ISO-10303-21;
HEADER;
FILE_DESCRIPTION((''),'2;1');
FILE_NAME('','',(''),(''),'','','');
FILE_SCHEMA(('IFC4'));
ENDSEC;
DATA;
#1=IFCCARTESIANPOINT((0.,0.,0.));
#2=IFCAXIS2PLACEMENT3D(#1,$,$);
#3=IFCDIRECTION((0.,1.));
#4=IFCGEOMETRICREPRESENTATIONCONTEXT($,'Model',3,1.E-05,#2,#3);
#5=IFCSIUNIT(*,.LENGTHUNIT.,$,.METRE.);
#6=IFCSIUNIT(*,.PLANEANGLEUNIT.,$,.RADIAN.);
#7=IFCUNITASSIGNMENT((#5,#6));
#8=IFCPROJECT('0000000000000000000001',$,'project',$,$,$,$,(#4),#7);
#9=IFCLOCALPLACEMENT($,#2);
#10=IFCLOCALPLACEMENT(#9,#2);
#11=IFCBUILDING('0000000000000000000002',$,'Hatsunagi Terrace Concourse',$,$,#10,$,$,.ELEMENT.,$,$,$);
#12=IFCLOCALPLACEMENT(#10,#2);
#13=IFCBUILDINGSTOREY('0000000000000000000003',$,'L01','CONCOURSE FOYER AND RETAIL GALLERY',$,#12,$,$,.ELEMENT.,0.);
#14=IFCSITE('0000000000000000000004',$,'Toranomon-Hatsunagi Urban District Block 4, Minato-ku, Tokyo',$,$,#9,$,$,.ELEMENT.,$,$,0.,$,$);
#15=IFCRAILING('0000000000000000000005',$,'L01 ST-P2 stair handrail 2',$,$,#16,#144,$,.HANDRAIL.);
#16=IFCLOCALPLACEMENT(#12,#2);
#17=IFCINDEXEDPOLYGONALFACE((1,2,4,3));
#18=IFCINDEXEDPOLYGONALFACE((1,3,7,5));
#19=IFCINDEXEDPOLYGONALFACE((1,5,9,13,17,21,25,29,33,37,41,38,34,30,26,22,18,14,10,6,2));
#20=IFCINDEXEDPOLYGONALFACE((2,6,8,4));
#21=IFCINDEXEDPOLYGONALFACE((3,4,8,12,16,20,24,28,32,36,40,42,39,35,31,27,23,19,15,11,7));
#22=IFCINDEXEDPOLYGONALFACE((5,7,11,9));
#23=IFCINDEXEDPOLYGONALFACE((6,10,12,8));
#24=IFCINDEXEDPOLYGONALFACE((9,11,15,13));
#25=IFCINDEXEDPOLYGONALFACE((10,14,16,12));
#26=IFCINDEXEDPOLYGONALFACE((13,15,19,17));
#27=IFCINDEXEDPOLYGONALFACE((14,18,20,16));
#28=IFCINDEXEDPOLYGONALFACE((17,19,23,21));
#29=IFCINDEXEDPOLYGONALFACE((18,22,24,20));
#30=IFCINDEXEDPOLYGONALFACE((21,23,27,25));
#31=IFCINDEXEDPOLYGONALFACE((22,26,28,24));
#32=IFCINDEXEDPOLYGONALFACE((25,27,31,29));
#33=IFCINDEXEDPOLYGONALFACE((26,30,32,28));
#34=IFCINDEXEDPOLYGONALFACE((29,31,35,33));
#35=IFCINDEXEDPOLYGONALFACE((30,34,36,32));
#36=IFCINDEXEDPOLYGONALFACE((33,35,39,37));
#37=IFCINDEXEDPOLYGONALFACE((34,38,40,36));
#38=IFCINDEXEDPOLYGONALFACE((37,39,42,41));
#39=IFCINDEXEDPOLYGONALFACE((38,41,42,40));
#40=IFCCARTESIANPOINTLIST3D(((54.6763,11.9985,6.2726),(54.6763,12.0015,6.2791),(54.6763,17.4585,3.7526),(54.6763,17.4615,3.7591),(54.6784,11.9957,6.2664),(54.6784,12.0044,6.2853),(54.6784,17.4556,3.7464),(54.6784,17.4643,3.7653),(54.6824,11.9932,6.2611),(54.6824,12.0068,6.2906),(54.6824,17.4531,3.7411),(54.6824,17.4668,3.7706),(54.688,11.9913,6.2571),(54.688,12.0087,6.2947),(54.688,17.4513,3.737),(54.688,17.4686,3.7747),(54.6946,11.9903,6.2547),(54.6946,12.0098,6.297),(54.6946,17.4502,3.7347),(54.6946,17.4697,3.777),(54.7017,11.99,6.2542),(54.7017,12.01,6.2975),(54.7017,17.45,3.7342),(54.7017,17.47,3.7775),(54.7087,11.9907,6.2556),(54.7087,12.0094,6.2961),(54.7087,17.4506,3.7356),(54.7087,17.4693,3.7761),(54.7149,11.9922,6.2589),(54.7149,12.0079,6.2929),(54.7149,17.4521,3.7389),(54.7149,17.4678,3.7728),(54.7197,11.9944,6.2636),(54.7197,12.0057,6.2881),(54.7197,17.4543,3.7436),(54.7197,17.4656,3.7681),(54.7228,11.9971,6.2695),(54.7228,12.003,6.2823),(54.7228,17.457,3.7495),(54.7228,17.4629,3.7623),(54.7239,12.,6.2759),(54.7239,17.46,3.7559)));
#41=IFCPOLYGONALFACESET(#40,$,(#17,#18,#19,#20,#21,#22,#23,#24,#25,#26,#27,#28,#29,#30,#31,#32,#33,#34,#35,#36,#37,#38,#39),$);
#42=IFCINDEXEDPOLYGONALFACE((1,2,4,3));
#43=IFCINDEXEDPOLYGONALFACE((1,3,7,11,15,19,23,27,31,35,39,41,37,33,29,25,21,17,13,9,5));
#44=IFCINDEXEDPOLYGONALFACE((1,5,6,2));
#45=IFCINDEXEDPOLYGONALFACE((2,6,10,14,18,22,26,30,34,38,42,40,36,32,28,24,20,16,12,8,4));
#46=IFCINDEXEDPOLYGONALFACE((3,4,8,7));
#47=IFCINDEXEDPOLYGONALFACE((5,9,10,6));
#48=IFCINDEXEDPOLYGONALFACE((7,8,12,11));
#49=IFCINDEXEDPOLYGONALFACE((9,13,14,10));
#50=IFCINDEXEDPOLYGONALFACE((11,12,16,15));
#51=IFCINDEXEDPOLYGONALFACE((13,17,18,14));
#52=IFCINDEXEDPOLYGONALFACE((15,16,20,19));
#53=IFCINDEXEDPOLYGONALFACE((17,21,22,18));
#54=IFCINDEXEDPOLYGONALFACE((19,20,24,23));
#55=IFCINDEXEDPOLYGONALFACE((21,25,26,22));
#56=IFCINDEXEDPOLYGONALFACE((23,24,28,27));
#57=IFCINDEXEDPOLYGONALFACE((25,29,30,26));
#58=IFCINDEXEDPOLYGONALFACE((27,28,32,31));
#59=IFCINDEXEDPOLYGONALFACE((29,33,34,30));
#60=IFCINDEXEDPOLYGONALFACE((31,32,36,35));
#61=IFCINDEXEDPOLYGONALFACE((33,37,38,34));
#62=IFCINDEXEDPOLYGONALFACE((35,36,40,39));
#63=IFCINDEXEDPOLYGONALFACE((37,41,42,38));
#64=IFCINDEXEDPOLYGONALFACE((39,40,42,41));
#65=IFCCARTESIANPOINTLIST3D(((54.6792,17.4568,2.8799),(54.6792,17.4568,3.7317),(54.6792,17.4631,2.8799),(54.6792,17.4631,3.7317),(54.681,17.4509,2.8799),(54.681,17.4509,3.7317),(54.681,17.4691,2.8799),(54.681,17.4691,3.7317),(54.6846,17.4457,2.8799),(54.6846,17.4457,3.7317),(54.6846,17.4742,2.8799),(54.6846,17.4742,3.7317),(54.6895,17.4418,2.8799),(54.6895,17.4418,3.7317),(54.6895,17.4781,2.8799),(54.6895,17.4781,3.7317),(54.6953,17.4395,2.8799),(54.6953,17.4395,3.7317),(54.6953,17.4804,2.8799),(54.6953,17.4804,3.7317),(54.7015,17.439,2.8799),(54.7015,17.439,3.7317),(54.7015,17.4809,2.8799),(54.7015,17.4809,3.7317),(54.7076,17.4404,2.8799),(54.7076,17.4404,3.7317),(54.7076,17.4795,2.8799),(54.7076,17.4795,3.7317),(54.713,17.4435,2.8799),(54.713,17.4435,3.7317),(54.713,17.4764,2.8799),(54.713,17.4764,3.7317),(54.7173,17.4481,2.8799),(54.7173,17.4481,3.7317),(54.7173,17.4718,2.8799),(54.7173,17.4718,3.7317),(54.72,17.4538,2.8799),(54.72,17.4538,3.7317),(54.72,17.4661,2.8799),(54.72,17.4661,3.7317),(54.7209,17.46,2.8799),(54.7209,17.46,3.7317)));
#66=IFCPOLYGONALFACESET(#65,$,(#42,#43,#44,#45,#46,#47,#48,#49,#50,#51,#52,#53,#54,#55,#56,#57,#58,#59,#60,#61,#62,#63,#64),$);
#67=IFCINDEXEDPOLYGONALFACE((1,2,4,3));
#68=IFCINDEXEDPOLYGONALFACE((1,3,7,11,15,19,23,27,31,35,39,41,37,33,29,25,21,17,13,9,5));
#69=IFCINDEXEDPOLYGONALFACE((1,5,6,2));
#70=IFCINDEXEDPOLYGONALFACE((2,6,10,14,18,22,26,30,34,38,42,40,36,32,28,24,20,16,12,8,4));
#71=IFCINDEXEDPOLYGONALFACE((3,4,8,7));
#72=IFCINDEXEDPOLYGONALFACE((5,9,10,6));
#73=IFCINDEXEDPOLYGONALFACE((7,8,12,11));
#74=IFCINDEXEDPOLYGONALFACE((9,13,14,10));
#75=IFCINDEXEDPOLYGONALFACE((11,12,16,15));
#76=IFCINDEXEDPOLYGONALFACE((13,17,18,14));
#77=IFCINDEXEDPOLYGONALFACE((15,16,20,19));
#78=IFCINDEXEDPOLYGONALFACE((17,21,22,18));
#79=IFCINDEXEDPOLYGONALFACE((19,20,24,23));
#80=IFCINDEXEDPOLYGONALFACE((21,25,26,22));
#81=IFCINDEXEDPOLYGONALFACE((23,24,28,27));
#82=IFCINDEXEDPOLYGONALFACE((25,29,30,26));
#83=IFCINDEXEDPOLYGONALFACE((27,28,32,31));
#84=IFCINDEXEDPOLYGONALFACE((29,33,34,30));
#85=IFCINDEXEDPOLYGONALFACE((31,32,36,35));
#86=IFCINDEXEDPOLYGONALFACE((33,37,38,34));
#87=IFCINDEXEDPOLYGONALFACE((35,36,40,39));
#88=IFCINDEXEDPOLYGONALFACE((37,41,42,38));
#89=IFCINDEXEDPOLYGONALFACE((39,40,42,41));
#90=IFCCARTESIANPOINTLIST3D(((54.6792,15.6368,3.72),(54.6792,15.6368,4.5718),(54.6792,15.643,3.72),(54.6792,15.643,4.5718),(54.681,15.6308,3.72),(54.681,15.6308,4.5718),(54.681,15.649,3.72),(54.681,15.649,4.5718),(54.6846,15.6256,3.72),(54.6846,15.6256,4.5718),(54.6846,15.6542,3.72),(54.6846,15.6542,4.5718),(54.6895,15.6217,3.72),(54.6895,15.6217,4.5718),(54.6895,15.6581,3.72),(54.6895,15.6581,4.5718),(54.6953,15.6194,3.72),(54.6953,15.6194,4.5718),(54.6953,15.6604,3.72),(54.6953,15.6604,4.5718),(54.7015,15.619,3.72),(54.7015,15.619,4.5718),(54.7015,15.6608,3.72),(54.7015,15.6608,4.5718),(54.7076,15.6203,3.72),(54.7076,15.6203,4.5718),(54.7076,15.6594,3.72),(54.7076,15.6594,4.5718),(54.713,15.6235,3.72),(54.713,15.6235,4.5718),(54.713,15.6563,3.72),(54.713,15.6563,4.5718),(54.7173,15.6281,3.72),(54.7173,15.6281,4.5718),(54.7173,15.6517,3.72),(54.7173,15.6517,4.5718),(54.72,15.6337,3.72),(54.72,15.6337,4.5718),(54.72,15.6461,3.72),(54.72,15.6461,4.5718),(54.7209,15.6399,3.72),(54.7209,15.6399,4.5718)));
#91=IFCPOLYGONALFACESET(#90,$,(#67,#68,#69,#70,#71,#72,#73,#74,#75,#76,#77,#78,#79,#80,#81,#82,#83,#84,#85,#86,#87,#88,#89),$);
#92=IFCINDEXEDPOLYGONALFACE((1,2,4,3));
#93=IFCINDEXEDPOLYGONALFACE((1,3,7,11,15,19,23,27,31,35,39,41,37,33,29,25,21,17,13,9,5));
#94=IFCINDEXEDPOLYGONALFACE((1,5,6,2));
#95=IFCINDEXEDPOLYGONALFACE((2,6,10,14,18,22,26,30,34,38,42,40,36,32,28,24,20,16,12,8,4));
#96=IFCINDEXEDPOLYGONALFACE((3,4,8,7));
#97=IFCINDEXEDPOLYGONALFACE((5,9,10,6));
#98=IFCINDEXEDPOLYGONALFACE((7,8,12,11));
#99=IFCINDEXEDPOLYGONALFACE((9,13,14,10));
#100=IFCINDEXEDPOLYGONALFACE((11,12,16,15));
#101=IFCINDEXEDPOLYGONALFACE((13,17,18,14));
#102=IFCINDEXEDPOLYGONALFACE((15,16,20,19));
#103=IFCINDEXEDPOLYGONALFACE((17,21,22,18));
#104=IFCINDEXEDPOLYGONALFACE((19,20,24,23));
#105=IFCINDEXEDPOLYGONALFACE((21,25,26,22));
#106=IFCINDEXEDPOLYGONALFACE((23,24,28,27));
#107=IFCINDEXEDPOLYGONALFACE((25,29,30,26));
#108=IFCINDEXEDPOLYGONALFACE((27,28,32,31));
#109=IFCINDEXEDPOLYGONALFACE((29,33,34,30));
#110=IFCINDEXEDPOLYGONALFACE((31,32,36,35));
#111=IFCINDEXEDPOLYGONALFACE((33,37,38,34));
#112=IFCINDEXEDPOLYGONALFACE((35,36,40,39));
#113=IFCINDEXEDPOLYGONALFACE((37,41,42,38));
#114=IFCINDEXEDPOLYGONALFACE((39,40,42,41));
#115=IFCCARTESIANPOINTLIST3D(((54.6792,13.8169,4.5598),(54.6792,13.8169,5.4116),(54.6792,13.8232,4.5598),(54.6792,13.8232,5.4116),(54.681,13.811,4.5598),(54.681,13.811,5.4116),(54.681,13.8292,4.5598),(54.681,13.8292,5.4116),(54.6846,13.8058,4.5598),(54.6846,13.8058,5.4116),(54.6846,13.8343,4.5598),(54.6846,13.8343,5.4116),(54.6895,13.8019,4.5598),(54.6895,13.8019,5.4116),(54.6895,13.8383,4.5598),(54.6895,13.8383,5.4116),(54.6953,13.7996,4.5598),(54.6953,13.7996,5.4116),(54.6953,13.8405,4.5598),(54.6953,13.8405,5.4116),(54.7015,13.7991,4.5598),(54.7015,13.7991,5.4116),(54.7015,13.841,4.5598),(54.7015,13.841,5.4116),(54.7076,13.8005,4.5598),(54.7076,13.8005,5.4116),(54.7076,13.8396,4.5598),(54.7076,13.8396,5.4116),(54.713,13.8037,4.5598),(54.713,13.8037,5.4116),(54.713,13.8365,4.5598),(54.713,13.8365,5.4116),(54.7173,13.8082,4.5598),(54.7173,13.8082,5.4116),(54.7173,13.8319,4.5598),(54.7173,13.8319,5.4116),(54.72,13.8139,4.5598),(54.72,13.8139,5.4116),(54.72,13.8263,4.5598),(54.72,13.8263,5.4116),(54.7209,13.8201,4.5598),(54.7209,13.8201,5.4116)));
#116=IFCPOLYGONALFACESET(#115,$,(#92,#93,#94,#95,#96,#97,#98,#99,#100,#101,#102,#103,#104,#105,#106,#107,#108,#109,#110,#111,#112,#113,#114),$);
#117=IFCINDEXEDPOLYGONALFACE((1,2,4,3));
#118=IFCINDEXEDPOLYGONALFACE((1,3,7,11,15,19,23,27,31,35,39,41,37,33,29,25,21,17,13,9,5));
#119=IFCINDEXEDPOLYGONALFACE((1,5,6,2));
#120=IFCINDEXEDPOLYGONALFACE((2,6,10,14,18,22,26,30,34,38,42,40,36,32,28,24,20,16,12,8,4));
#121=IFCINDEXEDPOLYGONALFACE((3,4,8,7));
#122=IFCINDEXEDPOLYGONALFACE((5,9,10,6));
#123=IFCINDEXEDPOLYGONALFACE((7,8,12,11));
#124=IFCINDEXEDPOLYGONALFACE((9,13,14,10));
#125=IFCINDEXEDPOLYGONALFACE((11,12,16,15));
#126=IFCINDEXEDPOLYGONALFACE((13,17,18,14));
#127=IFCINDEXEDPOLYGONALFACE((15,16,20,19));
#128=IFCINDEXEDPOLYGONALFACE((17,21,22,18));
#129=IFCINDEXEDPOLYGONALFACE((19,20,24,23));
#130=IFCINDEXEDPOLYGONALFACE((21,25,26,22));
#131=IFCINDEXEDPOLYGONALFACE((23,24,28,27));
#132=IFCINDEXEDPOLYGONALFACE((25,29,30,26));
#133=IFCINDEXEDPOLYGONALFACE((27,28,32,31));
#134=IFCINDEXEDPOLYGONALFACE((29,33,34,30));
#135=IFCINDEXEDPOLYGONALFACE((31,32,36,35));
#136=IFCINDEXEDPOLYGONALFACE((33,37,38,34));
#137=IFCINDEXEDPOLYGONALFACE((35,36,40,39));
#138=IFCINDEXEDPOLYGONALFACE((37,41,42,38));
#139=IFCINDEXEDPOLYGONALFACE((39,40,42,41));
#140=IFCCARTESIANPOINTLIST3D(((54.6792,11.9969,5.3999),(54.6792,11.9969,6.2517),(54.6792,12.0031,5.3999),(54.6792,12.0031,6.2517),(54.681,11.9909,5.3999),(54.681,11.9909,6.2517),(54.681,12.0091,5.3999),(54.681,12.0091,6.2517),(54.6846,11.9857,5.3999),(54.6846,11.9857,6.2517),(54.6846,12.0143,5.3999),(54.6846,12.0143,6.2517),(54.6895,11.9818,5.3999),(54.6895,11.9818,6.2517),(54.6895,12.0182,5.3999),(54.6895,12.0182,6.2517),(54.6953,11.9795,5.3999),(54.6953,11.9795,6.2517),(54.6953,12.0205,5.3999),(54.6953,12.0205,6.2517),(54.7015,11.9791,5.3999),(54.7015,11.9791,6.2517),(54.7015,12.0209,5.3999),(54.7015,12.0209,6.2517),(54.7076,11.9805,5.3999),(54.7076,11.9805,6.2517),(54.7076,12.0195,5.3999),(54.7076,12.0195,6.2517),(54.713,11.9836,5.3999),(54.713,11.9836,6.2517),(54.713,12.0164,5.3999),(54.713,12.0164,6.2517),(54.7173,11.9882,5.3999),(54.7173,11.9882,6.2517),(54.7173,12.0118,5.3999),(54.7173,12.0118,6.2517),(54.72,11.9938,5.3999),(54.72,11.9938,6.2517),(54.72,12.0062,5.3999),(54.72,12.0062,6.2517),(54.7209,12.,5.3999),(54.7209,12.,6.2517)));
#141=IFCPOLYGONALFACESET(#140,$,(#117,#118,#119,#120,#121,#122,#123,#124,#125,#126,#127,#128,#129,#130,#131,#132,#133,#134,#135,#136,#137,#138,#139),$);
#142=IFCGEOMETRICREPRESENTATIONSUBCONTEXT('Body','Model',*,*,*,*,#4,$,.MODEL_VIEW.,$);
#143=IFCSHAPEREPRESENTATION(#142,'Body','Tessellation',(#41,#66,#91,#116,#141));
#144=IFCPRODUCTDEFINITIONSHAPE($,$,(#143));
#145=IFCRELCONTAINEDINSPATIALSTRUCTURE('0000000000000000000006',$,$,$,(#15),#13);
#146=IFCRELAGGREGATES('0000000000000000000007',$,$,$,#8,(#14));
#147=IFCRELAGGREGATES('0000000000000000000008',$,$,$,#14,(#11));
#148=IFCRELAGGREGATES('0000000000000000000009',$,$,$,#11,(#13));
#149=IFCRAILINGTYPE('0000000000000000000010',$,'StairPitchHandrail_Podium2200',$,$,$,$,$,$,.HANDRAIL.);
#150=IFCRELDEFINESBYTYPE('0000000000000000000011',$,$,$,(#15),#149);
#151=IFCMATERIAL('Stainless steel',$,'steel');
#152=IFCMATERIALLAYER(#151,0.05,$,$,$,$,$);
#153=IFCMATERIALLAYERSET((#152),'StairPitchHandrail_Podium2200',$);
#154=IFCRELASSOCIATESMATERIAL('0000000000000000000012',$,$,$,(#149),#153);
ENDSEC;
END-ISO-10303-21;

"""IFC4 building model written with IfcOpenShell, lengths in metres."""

from ifc_helpers import new_model, si_unit, direction, frame, origin, origin_2d, place, context, subcontext, project, spatial, circle, extrude, material, layer, layer_set, type_object, element, save


model = new_model("IFC4")

# Units and contexts
model_context = context("Model", 3, precision=1e-05, world=origin(), true_north=direction((0.0, 1.0)))
body_context = subcontext(model_context, "Body", "Model", "MODEL_VIEW")
ifc_project = project(units=[si_unit("LENGTHUNIT", "METRE"), si_unit("PLANEANGLEUNIT", "RADIAN")], contexts=[model_context])

# Site, building, storey
site_placement = place(None, origin())
site = spatial("IfcSite", under=ifc_project, at=site_placement, Name="Toranomon-Hatsunagi Urban District Block 4, Minato-ku, Tokyo", CompositionType="ELEMENT", RefElevation=0.0)
building_placement = place(site_placement, origin())
building = spatial("IfcBuilding", under=site, at=building_placement, Name="Hatsunagi Terrace Concourse", CompositionType="ELEMENT")
storey_placement = place(building_placement, origin())
storey = spatial("IfcBuildingStorey", under=building, at=storey_placement, Name="L01", Description="CONCOURSE FOYER AND RETAIL GALLERY", CompositionType="ELEMENT", Elevation=0.0)

# Railing
ifc_material_1 = material(Name="Stainless steel", Category="steel")
ifc_layer_1 = layer(ifc_material_1, 0.05)
ifc_layer_set_1 = layer_set([ifc_layer_1], Name="StairPitchHandrail_Podium2200")
railing_type_1 = type_object("IfcRailingType", Name="StairPitchHandrail_Podium2200", PredefinedType="HANDRAIL", material=ifc_layer_set_1)
railing_1_placement = place(storey_placement, frame((54.7, 17.46, 2.8799)))
element("IfcRailing", 1, at=railing_1_placement, inside=storey, type_object=railing_type_1, Name="L01 ST-P2 stair handrail 2", PredefinedType="HANDRAIL", context=body_context, shape_type="SweptSolid", body=[
    extrude(circle(Radius=0.0239, at=origin_2d()), frame((0.0, 0.0, 0.876), z_axis=(0.0, -0.907957, 0.419063), x_axis=(1.0, 0.0, 0.0)), (0.0, 0.0, 1.0), 6.0134),
    extrude(circle(Radius=0.021, at=origin_2d()), origin(), (0.0, 0.0, 1.0), 0.8518),
    extrude(circle(Radius=0.021, at=origin_2d()), frame((0.0, -1.8201, 0.8401)), (0.0, 0.0, 1.0), 0.8518),
    extrude(circle(Radius=0.021, at=origin_2d()), frame((0.0, -3.6399, 1.6799)), (0.0, 0.0, 1.0), 0.8518),
    extrude(circle(Radius=0.021, at=origin_2d()), frame((0.0, -5.46, 2.52)), (0.0, 0.0, 1.0), 0.8518),
])

save(model, "model.ifc")
